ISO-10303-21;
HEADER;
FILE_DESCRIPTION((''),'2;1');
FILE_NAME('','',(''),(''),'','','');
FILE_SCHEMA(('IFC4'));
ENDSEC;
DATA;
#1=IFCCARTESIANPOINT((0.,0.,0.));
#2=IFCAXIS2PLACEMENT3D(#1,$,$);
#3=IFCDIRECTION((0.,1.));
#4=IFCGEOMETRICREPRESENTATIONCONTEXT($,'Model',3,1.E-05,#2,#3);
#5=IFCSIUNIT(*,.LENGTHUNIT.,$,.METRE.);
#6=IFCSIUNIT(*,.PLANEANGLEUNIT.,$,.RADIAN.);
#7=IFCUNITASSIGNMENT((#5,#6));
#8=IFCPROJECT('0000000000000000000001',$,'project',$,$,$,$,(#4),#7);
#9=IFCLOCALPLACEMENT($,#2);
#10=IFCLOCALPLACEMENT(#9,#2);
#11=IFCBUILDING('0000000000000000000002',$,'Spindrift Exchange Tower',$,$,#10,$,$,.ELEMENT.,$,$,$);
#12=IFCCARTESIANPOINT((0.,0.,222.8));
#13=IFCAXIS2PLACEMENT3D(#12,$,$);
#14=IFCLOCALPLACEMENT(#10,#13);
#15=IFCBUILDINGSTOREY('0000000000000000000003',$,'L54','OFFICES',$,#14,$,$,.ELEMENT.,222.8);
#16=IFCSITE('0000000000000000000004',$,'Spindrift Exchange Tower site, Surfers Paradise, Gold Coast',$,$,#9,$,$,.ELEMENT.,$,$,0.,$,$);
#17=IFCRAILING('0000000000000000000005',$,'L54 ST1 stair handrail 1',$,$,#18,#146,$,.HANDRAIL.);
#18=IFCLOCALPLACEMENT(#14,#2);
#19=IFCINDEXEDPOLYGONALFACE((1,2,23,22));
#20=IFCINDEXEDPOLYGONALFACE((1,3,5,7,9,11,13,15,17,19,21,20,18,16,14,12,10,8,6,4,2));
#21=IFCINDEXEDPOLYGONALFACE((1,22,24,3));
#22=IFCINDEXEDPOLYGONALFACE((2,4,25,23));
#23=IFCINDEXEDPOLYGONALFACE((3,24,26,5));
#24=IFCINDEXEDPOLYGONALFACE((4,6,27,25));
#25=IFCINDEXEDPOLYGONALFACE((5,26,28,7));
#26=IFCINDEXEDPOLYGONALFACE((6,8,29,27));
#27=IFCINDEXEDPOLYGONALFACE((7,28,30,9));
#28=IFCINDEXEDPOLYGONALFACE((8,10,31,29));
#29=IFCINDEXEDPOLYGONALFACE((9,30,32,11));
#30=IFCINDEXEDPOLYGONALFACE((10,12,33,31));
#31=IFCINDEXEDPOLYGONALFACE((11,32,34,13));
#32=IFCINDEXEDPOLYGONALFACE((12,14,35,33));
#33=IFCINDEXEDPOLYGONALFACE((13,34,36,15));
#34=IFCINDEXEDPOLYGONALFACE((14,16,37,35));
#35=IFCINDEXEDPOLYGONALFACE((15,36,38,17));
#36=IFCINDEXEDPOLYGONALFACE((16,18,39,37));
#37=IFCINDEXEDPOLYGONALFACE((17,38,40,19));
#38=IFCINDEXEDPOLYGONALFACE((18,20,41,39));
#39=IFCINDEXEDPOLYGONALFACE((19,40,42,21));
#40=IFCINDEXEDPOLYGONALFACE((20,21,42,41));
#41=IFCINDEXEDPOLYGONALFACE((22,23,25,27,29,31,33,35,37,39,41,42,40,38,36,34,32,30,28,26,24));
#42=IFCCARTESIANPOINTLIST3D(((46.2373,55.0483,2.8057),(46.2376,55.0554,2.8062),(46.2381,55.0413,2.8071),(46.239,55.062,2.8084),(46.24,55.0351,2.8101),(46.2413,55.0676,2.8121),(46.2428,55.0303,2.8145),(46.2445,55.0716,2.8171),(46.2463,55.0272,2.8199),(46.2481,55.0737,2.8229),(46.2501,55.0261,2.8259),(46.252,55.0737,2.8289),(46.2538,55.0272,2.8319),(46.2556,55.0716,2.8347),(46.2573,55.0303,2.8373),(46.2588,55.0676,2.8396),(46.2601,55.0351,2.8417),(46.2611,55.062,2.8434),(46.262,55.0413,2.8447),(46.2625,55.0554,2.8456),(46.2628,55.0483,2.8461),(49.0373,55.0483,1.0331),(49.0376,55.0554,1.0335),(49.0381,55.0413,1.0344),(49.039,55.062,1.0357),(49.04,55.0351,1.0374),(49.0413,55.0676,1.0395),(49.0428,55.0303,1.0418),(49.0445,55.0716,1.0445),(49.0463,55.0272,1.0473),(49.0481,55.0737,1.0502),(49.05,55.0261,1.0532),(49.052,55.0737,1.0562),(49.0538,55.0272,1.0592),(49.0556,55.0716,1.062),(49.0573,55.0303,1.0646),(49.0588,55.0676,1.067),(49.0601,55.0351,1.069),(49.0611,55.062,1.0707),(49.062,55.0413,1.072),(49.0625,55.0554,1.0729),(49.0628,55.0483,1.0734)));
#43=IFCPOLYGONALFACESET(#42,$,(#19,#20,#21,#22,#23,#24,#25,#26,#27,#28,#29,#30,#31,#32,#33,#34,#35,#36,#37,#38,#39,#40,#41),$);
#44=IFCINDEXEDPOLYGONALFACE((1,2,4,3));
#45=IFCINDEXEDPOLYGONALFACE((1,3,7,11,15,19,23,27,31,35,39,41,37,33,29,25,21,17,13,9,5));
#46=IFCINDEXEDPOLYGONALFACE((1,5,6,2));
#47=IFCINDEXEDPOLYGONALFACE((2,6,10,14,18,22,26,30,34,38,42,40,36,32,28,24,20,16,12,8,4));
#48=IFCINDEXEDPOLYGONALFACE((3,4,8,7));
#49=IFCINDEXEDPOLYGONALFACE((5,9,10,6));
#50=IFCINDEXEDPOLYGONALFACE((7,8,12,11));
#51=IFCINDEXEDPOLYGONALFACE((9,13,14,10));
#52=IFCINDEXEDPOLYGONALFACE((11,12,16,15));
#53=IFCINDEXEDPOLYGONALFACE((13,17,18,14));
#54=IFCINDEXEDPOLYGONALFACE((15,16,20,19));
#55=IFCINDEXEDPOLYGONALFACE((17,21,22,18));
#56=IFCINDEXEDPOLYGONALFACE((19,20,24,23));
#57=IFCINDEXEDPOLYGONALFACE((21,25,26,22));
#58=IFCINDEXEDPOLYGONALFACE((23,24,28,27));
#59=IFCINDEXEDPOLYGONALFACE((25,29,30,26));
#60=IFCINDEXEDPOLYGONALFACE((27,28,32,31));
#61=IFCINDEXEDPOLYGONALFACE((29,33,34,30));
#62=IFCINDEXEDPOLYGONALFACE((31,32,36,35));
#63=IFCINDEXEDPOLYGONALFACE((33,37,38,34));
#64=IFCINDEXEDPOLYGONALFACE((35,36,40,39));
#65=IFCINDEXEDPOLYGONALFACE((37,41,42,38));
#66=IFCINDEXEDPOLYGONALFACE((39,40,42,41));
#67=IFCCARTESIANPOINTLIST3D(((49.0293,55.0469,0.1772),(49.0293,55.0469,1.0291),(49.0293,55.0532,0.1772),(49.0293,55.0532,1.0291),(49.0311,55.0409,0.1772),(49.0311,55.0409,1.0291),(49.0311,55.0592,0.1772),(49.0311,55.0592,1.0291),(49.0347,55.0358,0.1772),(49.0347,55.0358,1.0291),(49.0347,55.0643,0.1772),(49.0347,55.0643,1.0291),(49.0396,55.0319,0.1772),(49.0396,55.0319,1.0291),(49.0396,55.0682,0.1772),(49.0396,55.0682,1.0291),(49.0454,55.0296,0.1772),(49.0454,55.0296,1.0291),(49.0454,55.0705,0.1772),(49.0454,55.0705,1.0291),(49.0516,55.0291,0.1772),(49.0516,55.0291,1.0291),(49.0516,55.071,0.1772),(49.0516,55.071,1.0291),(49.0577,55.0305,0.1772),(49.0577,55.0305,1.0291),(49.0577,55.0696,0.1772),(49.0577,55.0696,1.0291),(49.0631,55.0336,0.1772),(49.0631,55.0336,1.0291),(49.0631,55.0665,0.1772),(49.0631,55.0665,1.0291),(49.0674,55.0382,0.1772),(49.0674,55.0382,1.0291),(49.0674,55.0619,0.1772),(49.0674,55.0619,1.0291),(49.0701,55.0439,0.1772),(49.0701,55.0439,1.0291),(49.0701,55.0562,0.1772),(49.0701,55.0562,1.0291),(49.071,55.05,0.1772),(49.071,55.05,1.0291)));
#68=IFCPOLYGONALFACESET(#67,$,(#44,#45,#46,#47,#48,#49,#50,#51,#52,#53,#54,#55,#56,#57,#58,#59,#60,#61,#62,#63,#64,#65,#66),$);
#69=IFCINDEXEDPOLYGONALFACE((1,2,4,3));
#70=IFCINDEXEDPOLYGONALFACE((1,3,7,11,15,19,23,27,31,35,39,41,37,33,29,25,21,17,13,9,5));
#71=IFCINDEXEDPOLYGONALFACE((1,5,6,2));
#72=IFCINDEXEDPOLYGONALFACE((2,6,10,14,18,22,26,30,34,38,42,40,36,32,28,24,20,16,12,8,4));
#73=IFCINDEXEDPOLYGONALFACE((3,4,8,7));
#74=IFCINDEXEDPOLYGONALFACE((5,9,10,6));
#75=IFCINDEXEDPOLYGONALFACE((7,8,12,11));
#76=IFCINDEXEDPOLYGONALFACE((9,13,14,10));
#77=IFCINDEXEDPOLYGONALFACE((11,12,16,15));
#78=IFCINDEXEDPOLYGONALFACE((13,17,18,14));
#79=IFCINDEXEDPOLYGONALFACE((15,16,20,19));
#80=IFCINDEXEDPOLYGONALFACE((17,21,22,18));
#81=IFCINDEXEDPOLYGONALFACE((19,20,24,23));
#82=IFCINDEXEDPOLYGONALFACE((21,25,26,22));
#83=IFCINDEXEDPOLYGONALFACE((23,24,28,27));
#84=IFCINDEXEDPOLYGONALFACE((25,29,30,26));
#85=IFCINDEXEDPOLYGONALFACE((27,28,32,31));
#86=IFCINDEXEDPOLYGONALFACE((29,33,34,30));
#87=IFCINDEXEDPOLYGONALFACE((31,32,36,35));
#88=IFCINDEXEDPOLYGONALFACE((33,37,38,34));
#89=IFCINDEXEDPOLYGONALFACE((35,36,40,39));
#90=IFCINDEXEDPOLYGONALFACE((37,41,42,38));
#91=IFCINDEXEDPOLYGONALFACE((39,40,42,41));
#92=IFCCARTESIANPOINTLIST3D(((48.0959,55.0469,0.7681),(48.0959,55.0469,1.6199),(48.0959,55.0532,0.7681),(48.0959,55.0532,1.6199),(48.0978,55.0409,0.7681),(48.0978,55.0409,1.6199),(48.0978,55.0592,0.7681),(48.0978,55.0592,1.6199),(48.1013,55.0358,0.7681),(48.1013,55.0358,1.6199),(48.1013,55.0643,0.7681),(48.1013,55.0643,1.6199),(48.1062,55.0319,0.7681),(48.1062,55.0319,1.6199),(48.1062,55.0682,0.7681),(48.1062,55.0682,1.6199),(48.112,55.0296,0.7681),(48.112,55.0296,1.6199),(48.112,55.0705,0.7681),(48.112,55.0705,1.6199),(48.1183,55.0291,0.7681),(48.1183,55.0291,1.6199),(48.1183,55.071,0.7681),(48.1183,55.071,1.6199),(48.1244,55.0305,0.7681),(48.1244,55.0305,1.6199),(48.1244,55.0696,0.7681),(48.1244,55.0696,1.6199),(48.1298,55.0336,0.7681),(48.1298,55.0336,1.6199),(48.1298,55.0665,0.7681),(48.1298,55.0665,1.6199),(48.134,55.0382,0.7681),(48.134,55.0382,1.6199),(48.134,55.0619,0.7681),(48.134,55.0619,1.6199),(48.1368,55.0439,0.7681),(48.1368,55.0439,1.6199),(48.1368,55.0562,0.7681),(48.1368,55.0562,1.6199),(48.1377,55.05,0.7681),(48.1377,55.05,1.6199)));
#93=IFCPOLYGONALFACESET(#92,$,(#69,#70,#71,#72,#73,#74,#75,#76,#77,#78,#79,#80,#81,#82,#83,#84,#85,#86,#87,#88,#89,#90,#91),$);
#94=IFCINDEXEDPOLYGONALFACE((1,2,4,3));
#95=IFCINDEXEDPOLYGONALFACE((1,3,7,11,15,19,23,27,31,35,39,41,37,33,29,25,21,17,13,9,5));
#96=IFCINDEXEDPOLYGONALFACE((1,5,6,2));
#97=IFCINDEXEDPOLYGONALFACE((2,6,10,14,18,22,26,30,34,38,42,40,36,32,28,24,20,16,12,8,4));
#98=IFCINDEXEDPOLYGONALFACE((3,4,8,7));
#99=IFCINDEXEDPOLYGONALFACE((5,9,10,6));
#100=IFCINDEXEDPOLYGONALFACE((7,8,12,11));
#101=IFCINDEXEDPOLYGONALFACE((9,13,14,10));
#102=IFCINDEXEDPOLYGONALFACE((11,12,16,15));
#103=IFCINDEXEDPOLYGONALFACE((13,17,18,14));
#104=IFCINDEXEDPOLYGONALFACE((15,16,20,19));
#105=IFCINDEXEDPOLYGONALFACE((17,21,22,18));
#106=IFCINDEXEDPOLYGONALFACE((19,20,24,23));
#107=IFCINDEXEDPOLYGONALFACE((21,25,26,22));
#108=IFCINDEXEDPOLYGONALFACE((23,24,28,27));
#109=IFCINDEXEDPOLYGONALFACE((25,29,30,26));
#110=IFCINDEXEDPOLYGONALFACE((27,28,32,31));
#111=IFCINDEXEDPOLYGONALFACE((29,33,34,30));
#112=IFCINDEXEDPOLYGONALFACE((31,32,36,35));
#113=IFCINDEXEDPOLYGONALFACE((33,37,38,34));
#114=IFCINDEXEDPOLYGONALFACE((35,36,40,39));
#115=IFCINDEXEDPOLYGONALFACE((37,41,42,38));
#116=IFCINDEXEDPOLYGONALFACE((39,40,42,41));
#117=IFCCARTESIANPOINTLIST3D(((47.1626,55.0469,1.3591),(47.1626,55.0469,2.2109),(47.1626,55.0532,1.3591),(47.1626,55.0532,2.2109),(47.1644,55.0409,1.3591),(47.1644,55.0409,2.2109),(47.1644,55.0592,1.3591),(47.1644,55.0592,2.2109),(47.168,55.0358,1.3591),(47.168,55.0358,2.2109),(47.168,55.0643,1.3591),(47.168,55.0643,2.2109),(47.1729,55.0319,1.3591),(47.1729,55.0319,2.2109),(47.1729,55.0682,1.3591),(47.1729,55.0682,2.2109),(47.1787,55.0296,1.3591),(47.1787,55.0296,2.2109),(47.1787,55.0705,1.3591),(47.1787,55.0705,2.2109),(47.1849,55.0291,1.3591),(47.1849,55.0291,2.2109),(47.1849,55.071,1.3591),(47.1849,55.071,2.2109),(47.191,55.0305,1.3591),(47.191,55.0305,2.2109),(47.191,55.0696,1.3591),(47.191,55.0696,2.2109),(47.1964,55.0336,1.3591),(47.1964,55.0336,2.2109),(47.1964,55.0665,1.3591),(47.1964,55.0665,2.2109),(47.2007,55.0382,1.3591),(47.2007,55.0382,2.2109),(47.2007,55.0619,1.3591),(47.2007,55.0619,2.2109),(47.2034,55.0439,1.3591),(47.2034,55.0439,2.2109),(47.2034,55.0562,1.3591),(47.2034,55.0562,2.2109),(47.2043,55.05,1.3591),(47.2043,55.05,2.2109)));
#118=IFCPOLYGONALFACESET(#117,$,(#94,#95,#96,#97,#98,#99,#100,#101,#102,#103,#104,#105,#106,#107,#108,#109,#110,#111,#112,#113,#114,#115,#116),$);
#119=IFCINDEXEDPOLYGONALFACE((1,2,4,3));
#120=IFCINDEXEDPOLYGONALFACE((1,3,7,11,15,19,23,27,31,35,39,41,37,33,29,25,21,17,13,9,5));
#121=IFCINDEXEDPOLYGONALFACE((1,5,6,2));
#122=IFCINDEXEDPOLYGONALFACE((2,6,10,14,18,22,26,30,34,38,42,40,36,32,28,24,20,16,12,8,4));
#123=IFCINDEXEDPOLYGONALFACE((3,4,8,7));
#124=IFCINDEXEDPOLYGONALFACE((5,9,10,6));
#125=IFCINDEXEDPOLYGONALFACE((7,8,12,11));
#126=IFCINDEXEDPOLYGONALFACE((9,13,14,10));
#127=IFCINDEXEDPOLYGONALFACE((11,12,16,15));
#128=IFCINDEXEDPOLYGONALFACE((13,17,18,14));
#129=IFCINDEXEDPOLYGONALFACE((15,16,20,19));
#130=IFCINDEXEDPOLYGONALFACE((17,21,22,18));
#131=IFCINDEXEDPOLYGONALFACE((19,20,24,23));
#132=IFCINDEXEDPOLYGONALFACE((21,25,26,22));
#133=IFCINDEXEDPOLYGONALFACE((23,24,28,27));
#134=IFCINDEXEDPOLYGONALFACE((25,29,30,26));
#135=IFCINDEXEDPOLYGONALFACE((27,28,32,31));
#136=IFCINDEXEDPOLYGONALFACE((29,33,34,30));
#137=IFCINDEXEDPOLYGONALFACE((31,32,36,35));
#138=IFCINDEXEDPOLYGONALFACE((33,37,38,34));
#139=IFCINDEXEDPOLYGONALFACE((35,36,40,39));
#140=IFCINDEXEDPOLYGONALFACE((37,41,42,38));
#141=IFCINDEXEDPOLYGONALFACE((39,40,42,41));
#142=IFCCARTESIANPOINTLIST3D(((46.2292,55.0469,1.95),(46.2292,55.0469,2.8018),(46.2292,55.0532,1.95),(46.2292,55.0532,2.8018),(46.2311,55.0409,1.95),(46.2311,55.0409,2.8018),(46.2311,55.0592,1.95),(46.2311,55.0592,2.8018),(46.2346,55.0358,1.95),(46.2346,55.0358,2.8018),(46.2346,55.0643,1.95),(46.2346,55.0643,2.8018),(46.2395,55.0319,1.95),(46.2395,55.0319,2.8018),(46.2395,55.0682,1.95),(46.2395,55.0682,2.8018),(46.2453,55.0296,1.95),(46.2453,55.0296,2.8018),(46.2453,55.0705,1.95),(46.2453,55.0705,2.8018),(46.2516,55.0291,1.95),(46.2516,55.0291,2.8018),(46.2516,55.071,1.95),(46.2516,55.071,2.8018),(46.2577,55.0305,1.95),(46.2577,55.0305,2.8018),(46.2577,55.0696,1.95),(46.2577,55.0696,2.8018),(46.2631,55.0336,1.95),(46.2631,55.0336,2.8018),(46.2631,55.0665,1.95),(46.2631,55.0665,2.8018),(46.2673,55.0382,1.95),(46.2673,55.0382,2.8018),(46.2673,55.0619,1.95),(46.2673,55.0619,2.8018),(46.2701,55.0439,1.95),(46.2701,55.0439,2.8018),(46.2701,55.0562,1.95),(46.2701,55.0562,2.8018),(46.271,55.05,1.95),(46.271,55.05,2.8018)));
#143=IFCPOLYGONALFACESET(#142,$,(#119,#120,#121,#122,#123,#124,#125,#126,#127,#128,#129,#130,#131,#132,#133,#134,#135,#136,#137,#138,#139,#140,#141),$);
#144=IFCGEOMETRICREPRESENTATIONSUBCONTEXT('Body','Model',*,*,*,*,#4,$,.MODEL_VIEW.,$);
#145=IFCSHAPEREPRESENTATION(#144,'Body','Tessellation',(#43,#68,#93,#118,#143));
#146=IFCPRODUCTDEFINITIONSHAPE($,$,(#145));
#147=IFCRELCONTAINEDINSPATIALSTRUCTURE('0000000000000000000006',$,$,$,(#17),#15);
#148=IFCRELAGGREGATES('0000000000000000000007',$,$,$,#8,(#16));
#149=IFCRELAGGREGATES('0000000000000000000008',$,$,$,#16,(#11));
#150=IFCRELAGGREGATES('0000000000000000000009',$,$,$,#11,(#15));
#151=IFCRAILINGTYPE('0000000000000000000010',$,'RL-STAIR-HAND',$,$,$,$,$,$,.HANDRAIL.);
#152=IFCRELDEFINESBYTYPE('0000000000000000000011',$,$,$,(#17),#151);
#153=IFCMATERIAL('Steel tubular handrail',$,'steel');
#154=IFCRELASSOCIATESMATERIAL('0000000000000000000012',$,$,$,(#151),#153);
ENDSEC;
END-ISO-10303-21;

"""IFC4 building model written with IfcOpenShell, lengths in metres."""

from ifc_helpers import new_model, si_unit, direction, frame, origin, origin_2d, place, context, subcontext, project, spatial, circle, extrude, material, type_object, element, save


model = new_model("IFC4")

# Units and contexts
model_context = context("Model", 3, precision=1e-05, world=origin(), true_north=direction((0.0, 1.0)))
body_context = subcontext(model_context, "Body", "Model", "MODEL_VIEW")
ifc_project = project(units=[si_unit("LENGTHUNIT", "METRE"), si_unit("PLANEANGLEUNIT", "RADIAN")], contexts=[model_context])

# Site, building, storey
site_placement = place(None, origin())
site = spatial("IfcSite", under=ifc_project, at=site_placement, Name="Spindrift Exchange Tower site, Surfers Paradise, Gold Coast", CompositionType="ELEMENT", RefElevation=0.0)
building_placement = place(site_placement, origin())
building = spatial("IfcBuilding", under=site, at=building_placement, Name="Spindrift Exchange Tower", CompositionType="ELEMENT")
storey_placement = place(building_placement, frame((0.0, 0.0, 222.8)))
storey = spatial("IfcBuildingStorey", under=building, at=storey_placement, Name="L54", Description="OFFICES", CompositionType="ELEMENT", Elevation=222.8)

# Railing
ifc_material_1 = material(Name="Steel tubular handrail", Category="steel")
railing_type_1 = type_object("IfcRailingType", Name="RL-STAIR-HAND", PredefinedType="HANDRAIL", material=ifc_material_1)
railing_1_placement = place(storey_placement, frame((49.05, 55.05, 0.1772)))
element("IfcRailing", 1, at=railing_1_placement, inside=storey, type_object=railing_type_1, Name="L54 ST1 stair handrail 1", PredefinedType="HANDRAIL", context=body_context, shape_type="SweptSolid", body=[
    extrude(circle(Radius=0.0239, at=origin_2d()), frame((0.0, 0.0, 0.876), z_axis=(-0.844909, 0.0, 0.53491), x_axis=(0.0, -1.0, 0.0)), (0.0, 0.0, 1.0), 3.314),
    extrude(circle(Radius=0.021, at=origin_2d()), origin(), (0.0, 0.0, 1.0), 0.8518),
    extrude(circle(Radius=0.021, at=origin_2d()), frame((-0.9333, 0.0, 0.5908)), (0.0, 0.0, 1.0), 0.8518),
    extrude(circle(Radius=0.021, at=origin_2d()), frame((-1.8667, 0.0, 1.1819)), (0.0, 0.0, 1.0), 0.8518),
    extrude(circle(Radius=0.021, at=origin_2d()), frame((-2.8, 0.0, 1.7727)), (0.0, 0.0, 1.0), 0.8518),
])

save(model, "model.ifc")
